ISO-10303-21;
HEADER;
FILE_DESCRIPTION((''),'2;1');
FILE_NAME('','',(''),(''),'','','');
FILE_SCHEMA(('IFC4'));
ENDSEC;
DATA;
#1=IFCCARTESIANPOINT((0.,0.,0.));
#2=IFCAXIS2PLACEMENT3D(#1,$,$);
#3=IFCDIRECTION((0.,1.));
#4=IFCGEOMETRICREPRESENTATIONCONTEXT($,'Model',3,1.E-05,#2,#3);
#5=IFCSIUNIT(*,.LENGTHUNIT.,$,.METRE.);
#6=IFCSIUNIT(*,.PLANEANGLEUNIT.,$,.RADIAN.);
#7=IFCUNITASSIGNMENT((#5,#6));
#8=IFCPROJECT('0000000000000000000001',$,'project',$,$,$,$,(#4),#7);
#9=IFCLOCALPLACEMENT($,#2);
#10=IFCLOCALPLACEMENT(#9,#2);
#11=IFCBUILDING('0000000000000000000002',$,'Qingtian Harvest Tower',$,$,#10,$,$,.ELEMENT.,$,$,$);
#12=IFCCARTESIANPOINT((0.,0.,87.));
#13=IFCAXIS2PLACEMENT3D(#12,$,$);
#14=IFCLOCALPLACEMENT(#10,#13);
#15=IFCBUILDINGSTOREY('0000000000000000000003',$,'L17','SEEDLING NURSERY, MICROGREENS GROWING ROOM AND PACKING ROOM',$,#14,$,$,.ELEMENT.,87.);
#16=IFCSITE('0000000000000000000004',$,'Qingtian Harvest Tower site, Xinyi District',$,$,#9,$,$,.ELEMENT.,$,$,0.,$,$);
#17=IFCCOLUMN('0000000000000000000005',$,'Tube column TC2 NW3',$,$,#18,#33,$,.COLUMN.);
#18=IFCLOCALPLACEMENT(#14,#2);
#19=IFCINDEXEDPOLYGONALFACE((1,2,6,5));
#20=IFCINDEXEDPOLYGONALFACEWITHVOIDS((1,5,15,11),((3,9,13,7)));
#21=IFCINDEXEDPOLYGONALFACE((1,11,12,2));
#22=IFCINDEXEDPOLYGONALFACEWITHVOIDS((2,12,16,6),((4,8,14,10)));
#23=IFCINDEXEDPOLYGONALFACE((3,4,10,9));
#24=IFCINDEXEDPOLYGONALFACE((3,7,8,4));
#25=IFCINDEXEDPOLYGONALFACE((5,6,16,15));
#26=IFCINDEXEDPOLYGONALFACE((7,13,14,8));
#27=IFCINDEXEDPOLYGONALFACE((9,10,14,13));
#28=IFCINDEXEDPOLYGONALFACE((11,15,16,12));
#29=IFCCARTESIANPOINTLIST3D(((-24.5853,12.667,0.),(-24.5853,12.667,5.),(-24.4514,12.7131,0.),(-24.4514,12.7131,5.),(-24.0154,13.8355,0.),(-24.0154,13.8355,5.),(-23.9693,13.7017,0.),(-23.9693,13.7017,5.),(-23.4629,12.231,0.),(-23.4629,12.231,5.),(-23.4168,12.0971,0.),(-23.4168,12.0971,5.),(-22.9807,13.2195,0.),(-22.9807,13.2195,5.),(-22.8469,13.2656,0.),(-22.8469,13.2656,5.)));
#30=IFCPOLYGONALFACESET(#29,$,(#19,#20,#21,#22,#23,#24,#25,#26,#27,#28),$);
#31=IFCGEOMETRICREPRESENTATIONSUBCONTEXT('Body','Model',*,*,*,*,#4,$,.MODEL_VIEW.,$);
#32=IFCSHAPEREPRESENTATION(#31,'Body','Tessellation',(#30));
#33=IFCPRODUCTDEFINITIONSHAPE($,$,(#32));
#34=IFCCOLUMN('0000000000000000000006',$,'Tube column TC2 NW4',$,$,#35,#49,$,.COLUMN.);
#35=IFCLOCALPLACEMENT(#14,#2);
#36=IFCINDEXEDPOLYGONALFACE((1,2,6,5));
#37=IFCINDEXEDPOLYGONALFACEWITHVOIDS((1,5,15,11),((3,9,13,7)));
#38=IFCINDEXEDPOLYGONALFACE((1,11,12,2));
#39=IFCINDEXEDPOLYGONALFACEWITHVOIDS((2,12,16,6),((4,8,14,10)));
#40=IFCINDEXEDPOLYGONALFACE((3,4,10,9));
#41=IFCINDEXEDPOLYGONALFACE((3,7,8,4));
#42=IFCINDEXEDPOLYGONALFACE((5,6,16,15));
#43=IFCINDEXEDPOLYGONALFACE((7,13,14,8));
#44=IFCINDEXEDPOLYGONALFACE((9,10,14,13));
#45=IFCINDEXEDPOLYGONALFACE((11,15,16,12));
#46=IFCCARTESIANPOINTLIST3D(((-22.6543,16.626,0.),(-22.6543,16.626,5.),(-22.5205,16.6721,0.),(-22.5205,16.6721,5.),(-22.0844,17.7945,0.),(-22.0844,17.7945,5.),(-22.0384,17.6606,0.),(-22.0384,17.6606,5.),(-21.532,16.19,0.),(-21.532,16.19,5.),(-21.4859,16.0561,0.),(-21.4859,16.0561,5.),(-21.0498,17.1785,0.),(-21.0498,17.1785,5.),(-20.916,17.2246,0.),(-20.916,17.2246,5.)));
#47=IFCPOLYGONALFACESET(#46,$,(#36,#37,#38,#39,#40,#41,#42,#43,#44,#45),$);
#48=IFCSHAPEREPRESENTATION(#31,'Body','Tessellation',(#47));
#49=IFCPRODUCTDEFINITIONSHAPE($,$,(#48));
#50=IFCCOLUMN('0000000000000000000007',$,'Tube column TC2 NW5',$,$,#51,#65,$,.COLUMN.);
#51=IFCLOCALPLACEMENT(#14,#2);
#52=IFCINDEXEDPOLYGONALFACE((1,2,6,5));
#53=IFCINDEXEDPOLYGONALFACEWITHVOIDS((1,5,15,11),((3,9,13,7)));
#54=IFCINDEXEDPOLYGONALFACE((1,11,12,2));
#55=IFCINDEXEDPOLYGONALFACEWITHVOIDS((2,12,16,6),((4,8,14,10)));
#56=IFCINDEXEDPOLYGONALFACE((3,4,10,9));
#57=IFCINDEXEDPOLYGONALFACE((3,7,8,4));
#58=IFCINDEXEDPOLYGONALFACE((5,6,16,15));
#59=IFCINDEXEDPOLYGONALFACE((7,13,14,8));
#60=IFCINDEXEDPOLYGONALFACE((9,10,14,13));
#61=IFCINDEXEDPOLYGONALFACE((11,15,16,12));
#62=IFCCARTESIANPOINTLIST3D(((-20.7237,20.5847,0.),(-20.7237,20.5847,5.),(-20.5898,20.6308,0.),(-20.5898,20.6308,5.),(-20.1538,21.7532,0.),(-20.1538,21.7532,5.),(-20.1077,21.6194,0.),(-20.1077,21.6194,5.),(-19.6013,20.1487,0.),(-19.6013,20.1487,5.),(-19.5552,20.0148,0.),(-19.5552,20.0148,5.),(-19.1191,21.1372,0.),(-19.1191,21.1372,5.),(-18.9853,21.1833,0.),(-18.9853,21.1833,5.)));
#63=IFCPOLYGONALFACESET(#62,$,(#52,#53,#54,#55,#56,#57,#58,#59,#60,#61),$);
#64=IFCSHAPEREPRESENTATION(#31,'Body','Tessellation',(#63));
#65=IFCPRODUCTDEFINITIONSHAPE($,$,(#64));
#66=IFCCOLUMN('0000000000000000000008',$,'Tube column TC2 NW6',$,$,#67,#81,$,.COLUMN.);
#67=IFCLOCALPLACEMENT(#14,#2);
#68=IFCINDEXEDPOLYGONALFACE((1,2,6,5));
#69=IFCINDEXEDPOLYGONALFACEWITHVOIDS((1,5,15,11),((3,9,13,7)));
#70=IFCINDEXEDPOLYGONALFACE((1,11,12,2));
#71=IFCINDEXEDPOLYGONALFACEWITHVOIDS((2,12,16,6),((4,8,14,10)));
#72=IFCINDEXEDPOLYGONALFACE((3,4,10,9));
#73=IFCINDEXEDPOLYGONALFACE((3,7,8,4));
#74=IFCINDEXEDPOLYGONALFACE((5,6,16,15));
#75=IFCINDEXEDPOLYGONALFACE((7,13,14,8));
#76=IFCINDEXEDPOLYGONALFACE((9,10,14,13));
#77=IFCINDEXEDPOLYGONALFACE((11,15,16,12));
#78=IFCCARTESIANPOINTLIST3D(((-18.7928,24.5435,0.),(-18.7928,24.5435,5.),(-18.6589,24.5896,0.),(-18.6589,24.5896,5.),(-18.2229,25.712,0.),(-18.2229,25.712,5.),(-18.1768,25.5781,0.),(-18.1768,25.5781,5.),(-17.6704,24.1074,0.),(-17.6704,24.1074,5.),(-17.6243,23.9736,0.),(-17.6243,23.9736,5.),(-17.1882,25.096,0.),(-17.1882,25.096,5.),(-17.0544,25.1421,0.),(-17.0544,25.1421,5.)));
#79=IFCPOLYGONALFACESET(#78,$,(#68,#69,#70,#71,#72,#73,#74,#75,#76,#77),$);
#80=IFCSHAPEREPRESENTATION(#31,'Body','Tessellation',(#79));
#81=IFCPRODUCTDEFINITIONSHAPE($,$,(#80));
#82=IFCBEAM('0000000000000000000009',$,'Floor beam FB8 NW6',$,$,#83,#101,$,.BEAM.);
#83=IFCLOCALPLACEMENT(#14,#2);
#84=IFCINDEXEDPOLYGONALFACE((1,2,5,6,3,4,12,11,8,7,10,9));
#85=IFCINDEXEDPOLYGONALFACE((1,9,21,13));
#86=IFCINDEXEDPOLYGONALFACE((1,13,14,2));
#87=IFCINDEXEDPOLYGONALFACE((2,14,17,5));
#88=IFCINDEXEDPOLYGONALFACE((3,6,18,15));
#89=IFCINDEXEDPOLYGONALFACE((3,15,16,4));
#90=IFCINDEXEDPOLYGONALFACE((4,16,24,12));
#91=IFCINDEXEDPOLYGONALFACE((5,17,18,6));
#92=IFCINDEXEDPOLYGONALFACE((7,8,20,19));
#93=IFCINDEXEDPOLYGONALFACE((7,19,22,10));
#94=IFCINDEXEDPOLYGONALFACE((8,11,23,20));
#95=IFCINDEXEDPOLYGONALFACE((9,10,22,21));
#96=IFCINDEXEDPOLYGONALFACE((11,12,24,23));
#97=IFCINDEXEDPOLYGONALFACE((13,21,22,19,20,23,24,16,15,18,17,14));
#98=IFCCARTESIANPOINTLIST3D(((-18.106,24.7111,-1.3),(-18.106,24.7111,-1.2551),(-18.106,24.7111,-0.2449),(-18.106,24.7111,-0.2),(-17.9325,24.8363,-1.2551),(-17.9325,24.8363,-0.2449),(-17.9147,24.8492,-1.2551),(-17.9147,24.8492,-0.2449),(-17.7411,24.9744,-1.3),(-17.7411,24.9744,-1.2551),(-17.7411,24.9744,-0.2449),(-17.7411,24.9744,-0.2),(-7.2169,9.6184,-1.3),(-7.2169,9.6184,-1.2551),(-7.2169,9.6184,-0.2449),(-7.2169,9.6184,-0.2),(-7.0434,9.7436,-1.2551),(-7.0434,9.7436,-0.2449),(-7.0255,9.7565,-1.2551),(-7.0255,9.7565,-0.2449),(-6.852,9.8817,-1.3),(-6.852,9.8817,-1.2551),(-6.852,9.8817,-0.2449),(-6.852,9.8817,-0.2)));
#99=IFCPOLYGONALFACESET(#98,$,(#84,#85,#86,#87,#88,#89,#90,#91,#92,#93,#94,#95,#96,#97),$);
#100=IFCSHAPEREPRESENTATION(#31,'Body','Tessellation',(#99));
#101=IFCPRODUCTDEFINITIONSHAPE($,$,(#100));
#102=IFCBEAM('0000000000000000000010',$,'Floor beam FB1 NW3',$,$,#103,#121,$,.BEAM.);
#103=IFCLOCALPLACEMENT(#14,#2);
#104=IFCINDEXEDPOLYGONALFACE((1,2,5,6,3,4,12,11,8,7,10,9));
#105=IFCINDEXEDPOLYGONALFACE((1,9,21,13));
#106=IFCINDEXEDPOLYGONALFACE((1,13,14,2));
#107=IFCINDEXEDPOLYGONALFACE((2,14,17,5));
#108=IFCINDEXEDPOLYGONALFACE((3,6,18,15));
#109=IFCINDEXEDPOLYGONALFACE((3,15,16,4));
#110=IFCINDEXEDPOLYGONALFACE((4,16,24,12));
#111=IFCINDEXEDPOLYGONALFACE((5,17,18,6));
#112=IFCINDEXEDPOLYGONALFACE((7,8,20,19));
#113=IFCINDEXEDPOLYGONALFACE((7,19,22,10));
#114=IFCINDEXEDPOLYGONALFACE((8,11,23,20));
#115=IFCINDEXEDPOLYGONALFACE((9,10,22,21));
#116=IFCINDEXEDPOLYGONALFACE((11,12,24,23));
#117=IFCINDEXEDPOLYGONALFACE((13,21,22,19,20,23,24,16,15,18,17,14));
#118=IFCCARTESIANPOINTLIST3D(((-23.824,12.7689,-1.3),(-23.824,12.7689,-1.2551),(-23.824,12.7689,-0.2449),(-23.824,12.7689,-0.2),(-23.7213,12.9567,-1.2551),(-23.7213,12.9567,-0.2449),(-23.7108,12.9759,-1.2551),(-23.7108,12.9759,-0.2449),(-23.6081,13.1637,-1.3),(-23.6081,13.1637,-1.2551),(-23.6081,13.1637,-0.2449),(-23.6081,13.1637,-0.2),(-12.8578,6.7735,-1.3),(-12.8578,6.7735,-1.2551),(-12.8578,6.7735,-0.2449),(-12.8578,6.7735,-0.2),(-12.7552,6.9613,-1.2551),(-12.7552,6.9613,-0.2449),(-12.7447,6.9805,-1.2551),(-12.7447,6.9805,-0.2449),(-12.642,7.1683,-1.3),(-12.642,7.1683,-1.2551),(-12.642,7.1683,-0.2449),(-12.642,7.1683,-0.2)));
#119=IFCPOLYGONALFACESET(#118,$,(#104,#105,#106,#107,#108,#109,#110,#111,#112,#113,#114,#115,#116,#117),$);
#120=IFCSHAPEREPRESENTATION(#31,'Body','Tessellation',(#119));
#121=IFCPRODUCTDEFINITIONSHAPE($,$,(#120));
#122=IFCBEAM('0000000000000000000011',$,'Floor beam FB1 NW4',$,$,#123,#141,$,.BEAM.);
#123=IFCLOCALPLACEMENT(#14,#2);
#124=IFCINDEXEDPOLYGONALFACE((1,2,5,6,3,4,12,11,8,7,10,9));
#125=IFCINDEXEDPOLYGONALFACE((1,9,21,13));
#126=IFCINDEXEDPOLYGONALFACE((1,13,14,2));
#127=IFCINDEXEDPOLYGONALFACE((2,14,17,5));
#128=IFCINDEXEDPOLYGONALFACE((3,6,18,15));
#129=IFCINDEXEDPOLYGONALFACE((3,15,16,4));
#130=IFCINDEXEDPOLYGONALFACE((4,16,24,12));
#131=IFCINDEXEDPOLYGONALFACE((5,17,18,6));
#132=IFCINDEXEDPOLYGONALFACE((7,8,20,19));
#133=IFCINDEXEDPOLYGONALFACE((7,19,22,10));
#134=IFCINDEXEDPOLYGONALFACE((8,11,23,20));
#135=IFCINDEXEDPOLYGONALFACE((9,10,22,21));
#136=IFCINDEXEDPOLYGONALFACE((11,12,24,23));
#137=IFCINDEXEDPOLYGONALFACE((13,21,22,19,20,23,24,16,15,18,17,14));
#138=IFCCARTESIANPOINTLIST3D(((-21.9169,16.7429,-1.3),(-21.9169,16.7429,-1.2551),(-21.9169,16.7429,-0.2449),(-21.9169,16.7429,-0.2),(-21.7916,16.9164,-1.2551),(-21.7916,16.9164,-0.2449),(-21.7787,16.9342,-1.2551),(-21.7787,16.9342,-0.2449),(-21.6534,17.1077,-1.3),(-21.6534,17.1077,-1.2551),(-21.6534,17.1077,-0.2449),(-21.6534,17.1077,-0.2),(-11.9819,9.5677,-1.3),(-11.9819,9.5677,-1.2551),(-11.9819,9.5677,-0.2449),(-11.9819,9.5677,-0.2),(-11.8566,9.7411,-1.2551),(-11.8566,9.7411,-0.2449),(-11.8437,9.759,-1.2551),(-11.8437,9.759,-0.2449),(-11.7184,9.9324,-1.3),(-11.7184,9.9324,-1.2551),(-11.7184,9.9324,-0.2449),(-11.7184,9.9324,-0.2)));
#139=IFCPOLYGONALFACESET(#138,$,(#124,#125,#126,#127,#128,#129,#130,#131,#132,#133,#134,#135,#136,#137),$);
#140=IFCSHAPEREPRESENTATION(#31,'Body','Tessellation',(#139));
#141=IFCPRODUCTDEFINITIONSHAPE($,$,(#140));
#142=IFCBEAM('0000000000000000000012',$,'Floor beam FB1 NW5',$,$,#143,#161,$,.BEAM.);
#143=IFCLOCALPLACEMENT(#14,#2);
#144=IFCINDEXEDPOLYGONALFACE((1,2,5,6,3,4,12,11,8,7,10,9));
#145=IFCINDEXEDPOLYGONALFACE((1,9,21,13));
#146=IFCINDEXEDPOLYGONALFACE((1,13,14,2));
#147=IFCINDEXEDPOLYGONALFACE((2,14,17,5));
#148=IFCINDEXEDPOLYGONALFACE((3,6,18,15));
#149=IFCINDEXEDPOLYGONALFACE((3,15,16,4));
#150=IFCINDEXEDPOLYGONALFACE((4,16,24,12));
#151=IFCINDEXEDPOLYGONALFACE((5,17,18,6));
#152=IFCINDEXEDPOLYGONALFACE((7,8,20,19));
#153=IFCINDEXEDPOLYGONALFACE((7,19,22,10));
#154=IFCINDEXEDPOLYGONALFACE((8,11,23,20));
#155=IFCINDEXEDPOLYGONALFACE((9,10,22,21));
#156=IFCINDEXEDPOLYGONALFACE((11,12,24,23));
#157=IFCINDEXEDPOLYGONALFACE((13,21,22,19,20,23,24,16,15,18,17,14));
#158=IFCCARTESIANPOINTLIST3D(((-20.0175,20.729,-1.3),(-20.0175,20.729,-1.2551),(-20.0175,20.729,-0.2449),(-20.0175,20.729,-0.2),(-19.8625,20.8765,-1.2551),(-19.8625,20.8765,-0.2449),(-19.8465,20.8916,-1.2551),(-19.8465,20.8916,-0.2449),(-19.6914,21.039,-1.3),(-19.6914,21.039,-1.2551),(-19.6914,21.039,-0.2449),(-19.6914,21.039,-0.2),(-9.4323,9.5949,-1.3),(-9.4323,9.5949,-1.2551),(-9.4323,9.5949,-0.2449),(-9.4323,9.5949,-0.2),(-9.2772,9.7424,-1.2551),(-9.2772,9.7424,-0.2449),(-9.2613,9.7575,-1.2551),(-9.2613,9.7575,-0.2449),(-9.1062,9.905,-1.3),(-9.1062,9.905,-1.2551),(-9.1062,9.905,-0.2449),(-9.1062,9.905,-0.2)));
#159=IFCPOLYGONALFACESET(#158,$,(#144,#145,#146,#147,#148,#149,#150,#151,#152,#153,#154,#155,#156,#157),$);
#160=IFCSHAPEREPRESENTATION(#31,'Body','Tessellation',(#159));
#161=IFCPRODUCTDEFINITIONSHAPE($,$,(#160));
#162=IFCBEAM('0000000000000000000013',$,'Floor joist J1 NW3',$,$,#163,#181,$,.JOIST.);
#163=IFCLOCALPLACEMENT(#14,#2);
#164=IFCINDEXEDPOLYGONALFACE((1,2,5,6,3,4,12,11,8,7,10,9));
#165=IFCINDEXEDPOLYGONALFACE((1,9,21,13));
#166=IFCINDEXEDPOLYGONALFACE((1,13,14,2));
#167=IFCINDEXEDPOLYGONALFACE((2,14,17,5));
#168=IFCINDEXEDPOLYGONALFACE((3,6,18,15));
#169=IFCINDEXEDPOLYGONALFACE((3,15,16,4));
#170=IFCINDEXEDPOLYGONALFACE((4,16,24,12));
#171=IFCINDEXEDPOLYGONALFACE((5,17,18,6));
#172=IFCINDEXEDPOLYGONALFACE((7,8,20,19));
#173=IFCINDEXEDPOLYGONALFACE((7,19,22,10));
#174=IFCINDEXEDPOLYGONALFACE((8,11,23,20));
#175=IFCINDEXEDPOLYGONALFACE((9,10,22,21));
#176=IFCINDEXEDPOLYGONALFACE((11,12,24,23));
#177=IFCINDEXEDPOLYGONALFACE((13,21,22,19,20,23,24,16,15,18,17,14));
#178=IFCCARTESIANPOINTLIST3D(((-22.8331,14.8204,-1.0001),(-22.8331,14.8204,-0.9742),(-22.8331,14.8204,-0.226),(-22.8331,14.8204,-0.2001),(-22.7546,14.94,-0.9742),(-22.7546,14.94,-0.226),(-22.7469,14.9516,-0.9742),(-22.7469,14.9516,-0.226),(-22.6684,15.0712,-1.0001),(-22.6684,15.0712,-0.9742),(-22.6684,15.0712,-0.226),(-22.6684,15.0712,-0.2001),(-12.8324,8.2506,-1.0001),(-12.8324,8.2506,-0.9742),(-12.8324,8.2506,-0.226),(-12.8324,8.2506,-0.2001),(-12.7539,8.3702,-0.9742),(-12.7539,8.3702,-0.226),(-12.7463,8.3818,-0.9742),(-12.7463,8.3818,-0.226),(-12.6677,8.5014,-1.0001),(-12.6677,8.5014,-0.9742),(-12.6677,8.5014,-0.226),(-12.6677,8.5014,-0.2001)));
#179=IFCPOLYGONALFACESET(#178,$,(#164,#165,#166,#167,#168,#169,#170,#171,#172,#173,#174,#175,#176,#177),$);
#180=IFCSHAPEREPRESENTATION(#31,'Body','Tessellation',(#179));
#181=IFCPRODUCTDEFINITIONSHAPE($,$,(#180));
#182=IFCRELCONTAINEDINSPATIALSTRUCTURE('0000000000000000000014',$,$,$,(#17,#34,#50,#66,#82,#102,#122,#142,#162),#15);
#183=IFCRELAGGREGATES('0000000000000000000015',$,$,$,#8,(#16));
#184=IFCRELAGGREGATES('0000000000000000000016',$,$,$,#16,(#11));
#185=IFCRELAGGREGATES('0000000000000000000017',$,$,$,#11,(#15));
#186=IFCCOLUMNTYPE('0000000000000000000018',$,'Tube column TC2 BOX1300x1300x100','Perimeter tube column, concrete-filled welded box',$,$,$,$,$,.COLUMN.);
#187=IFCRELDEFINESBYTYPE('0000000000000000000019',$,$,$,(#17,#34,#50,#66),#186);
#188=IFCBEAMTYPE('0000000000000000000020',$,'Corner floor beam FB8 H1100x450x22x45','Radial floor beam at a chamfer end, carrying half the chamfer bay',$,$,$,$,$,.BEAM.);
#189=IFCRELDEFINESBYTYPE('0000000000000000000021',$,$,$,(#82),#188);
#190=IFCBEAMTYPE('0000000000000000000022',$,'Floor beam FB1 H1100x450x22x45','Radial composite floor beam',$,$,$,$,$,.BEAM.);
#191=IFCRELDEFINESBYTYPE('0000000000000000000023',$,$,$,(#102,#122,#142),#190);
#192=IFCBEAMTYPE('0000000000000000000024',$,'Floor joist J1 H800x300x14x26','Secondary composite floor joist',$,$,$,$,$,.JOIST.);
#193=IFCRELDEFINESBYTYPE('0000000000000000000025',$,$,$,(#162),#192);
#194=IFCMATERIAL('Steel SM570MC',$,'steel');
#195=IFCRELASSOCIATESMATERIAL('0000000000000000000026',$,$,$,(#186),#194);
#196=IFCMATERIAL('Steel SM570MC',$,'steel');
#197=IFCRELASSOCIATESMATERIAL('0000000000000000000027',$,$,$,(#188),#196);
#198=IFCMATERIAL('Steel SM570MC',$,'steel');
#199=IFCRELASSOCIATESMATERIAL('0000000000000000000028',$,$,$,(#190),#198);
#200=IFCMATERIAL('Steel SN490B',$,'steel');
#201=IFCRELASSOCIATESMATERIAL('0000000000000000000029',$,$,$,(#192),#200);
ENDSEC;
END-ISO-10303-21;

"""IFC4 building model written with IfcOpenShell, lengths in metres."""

from ifc_helpers import new_model, si_unit, direction, frame, origin, origin_2d, place, context, subcontext, project, spatial, hollow_rectangle, i_section, extrude, material, material_profile, profile_set, type_object, element, save


model = new_model("IFC4")

# Units and contexts
model_context = context("Model", 3, precision=1e-05, world=origin(), true_north=direction((0.0, 1.0)))
body_context = subcontext(model_context, "Body", "Model", "MODEL_VIEW")
ifc_project = project(units=[si_unit("LENGTHUNIT", "METRE"), si_unit("PLANEANGLEUNIT", "RADIAN")], contexts=[model_context])

# Site, building, storey
site_placement = place(None, origin())
site = spatial("IfcSite", under=ifc_project, at=site_placement, Name="Qingtian Harvest Tower site, Xinyi District", CompositionType="ELEMENT", RefElevation=0.0)
building_placement = place(site_placement, origin())
building = spatial("IfcBuilding", under=site, at=building_placement, Name="Qingtian Harvest Tower", CompositionType="ELEMENT")
storey_placement = place(building_placement, frame((0.0, 0.0, 87.0)))
storey = spatial("IfcBuildingStorey", under=building, at=storey_placement, Name="L17", Description="SEEDLING NURSERY, MICROGREENS GROWING ROOM AND PACKING ROOM", CompositionType="ELEMENT", Elevation=87.0)

# Columns
ifc_material_1 = material(Name="Steel SM570MC", Category="steel")
ifc_material_profile_1 = material_profile(ifc_material_1, hollow_rectangle(XDim=1.3, YDim=1.3, WallThickness=0.1001, at=origin_2d()), Name="BOX1300x1300x100")
ifc_profile_set_1 = profile_set([ifc_material_profile_1], Name="Steel SM570MC")
column_type = type_object("IfcColumnType", Name="Tube column TC2 BOX1300x1300x100", Description="Perimeter tube column, concrete-filled welded box", PredefinedType="COLUMN", material=ifc_profile_set_1)
for number, where, z_axis, x_axis, name in (
    (1, (-23.7161, 12.9663, 0.0), (0.0, 0.0, 1.0), (-0.438371, -0.898794, 0.0), "Tube column TC2 NW3"),
    (2, (-21.7852, 16.9253, 0.0), (0.0, 0.0, 1.0), (-0.438371, -0.898794, 0.0), "Tube column TC2 NW4"),
    (3, (-19.8545, 20.884, 0.0), (0.0, 0.0, 1.0), (-0.438371, -0.898794, 0.0), "Tube column TC2 NW5"),
    (4, (-17.9236, 24.8428, 0.0), (0.0, 0.0, 1.0), (-0.438371, -0.898794, 0.0), "Tube column TC2 NW6"),
):
    element("IfcColumn", number, at=place(storey_placement, frame(where, z_axis=z_axis, x_axis=x_axis)), inside=storey, type_object=column_type, Name=name, PredefinedType="COLUMN", context=body_context, shape_type="SweptSolid", body=[
        extrude(hollow_rectangle(XDim=1.3, YDim=1.3, WallThickness=0.1001, at=origin_2d()), origin(), (0.0, 0.0, 1.0), 5.0),
    ])

# Beams
ifc_material_2 = material(Name="Steel SM570MC", Category="steel")
ifc_material_profile_2 = material_profile(ifc_material_2, i_section(OverallWidth=0.45, OverallDepth=1.1001, WebThickness=0.022, FlangeThickness=0.0449, at=origin_2d()), Name="H1100x450x22x45")
ifc_profile_set_2 = profile_set([ifc_material_profile_2], Name="Steel SM570MC")
beam_type_1 = type_object("IfcBeamType", Name="Corner floor beam FB8 H1100x450x22x45", Description="Radial floor beam at a chamfer end, carrying half the chamfer bay", PredefinedType="BEAM", material=ifc_profile_set_2)
beam_1_placement = place(storey_placement, frame((-17.9236, 24.8428, -0.75), z_axis=(0.585096, -0.810964, 0.0), x_axis=(0.810964, 0.585096, 0.0)))
element("IfcBeam", 5, at=beam_1_placement, inside=storey, type_object=beam_type_1, Name="Floor beam FB8 NW6", PredefinedType="BEAM", context=body_context, shape_type="SweptSolid", body=[
    extrude(i_section(OverallWidth=0.45, OverallDepth=1.1001, WebThickness=0.022, FlangeThickness=0.0449, at=origin_2d()), origin(), (0.0, 0.0, 1.0), 18.6108),
])
ifc_material_3 = material(Name="Steel SM570MC", Category="steel")
ifc_material_profile_3 = material_profile(ifc_material_3, i_section(OverallWidth=0.45, OverallDepth=1.1001, WebThickness=0.022, FlangeThickness=0.0449, at=origin_2d()), Name="H1100x450x22x45")
ifc_profile_set_3 = profile_set([ifc_material_profile_3], Name="Steel SM570MC")
beam_type_2 = type_object("IfcBeamType", Name="Floor beam FB1 H1100x450x22x45", Description="Radial composite floor beam", PredefinedType="BEAM", material=ifc_profile_set_3)
beam_2_placement = place(storey_placement, frame((-23.7161, 12.9663, -0.75), z_axis=(0.877429, -0.479707, 0.0), x_axis=(0.479707, 0.877429, 0.0)))
element("IfcBeam", 6, at=beam_2_placement, inside=storey, type_object=beam_type_2, Name="Floor beam FB1 NW3", PredefinedType="BEAM", context=body_context, shape_type="SweptSolid", body=[
    extrude(i_section(OverallWidth=0.45, OverallDepth=1.1001, WebThickness=0.022, FlangeThickness=0.0449, at=origin_2d()), origin(), (0.0, 0.0, 1.0), 12.498),
])
beam_3_placement = place(storey_placement, frame((-21.7852, 16.9253, -0.75), z_axis=(0.81068, -0.585489, 0.0), x_axis=(0.585489, 0.81068, 0.0)))
element("IfcBeam", 7, at=beam_3_placement, inside=storey, type_object=beam_type_2, Name="Floor beam FB1 NW4", PredefinedType="BEAM", context=body_context, shape_type="SweptSolid", body=[
    extrude(i_section(OverallWidth=0.45, OverallDepth=1.1001, WebThickness=0.022, FlangeThickness=0.0449, at=origin_2d()), origin(), (0.0, 0.0, 1.0), 12.2551),
])
beam_4_placement = place(storey_placement, frame((-19.8545, 20.884, -0.75), z_axis=(0.689019, -0.724743, 0.0), x_axis=(0.724743, 0.689019, 0.0)))
element("IfcBeam", 8, at=beam_4_placement, inside=storey, type_object=beam_type_2, Name="Floor beam FB1 NW5", PredefinedType="BEAM", context=body_context, shape_type="SweptSolid", body=[
    extrude(i_section(OverallWidth=0.45, OverallDepth=1.1001, WebThickness=0.022, FlangeThickness=0.0449, at=origin_2d()), origin(), (0.0, 0.0, 1.0), 15.3628),
])
ifc_material_4 = material(Name="Steel SN490B", Category="steel")
ifc_material_profile_4 = material_profile(ifc_material_4, i_section(OverallWidth=0.3, OverallDepth=0.8, WebThickness=0.0139, FlangeThickness=0.0259, at=origin_2d()), Name="H800x300x14x26")
ifc_profile_set_4 = profile_set([ifc_material_profile_4], Name="Steel SN490B")
beam_type_3 = type_object("IfcBeamType", Name="Floor joist J1 H800x300x14x26", Description="Secondary composite floor joist", PredefinedType="JOIST", material=ifc_profile_set_4)
beam_5_placement = place(storey_placement, frame((-22.7507, 14.9458, -0.6001), z_axis=(0.835785, -0.549056, 0.0), x_axis=(0.549056, 0.835785, 0.0)))
element("IfcBeam", 9, at=beam_5_placement, inside=storey, type_object=beam_type_3, Name="Floor joist J1 NW3", PredefinedType="JOIST", context=body_context, shape_type="SweptSolid", body=[
    extrude(i_section(OverallWidth=0.3, OverallDepth=0.8, WebThickness=0.0139, FlangeThickness=0.0259, at=origin_2d()), origin(), (0.0, 0.0, 1.0), 11.9656),
])

save(model, "model.ifc")
